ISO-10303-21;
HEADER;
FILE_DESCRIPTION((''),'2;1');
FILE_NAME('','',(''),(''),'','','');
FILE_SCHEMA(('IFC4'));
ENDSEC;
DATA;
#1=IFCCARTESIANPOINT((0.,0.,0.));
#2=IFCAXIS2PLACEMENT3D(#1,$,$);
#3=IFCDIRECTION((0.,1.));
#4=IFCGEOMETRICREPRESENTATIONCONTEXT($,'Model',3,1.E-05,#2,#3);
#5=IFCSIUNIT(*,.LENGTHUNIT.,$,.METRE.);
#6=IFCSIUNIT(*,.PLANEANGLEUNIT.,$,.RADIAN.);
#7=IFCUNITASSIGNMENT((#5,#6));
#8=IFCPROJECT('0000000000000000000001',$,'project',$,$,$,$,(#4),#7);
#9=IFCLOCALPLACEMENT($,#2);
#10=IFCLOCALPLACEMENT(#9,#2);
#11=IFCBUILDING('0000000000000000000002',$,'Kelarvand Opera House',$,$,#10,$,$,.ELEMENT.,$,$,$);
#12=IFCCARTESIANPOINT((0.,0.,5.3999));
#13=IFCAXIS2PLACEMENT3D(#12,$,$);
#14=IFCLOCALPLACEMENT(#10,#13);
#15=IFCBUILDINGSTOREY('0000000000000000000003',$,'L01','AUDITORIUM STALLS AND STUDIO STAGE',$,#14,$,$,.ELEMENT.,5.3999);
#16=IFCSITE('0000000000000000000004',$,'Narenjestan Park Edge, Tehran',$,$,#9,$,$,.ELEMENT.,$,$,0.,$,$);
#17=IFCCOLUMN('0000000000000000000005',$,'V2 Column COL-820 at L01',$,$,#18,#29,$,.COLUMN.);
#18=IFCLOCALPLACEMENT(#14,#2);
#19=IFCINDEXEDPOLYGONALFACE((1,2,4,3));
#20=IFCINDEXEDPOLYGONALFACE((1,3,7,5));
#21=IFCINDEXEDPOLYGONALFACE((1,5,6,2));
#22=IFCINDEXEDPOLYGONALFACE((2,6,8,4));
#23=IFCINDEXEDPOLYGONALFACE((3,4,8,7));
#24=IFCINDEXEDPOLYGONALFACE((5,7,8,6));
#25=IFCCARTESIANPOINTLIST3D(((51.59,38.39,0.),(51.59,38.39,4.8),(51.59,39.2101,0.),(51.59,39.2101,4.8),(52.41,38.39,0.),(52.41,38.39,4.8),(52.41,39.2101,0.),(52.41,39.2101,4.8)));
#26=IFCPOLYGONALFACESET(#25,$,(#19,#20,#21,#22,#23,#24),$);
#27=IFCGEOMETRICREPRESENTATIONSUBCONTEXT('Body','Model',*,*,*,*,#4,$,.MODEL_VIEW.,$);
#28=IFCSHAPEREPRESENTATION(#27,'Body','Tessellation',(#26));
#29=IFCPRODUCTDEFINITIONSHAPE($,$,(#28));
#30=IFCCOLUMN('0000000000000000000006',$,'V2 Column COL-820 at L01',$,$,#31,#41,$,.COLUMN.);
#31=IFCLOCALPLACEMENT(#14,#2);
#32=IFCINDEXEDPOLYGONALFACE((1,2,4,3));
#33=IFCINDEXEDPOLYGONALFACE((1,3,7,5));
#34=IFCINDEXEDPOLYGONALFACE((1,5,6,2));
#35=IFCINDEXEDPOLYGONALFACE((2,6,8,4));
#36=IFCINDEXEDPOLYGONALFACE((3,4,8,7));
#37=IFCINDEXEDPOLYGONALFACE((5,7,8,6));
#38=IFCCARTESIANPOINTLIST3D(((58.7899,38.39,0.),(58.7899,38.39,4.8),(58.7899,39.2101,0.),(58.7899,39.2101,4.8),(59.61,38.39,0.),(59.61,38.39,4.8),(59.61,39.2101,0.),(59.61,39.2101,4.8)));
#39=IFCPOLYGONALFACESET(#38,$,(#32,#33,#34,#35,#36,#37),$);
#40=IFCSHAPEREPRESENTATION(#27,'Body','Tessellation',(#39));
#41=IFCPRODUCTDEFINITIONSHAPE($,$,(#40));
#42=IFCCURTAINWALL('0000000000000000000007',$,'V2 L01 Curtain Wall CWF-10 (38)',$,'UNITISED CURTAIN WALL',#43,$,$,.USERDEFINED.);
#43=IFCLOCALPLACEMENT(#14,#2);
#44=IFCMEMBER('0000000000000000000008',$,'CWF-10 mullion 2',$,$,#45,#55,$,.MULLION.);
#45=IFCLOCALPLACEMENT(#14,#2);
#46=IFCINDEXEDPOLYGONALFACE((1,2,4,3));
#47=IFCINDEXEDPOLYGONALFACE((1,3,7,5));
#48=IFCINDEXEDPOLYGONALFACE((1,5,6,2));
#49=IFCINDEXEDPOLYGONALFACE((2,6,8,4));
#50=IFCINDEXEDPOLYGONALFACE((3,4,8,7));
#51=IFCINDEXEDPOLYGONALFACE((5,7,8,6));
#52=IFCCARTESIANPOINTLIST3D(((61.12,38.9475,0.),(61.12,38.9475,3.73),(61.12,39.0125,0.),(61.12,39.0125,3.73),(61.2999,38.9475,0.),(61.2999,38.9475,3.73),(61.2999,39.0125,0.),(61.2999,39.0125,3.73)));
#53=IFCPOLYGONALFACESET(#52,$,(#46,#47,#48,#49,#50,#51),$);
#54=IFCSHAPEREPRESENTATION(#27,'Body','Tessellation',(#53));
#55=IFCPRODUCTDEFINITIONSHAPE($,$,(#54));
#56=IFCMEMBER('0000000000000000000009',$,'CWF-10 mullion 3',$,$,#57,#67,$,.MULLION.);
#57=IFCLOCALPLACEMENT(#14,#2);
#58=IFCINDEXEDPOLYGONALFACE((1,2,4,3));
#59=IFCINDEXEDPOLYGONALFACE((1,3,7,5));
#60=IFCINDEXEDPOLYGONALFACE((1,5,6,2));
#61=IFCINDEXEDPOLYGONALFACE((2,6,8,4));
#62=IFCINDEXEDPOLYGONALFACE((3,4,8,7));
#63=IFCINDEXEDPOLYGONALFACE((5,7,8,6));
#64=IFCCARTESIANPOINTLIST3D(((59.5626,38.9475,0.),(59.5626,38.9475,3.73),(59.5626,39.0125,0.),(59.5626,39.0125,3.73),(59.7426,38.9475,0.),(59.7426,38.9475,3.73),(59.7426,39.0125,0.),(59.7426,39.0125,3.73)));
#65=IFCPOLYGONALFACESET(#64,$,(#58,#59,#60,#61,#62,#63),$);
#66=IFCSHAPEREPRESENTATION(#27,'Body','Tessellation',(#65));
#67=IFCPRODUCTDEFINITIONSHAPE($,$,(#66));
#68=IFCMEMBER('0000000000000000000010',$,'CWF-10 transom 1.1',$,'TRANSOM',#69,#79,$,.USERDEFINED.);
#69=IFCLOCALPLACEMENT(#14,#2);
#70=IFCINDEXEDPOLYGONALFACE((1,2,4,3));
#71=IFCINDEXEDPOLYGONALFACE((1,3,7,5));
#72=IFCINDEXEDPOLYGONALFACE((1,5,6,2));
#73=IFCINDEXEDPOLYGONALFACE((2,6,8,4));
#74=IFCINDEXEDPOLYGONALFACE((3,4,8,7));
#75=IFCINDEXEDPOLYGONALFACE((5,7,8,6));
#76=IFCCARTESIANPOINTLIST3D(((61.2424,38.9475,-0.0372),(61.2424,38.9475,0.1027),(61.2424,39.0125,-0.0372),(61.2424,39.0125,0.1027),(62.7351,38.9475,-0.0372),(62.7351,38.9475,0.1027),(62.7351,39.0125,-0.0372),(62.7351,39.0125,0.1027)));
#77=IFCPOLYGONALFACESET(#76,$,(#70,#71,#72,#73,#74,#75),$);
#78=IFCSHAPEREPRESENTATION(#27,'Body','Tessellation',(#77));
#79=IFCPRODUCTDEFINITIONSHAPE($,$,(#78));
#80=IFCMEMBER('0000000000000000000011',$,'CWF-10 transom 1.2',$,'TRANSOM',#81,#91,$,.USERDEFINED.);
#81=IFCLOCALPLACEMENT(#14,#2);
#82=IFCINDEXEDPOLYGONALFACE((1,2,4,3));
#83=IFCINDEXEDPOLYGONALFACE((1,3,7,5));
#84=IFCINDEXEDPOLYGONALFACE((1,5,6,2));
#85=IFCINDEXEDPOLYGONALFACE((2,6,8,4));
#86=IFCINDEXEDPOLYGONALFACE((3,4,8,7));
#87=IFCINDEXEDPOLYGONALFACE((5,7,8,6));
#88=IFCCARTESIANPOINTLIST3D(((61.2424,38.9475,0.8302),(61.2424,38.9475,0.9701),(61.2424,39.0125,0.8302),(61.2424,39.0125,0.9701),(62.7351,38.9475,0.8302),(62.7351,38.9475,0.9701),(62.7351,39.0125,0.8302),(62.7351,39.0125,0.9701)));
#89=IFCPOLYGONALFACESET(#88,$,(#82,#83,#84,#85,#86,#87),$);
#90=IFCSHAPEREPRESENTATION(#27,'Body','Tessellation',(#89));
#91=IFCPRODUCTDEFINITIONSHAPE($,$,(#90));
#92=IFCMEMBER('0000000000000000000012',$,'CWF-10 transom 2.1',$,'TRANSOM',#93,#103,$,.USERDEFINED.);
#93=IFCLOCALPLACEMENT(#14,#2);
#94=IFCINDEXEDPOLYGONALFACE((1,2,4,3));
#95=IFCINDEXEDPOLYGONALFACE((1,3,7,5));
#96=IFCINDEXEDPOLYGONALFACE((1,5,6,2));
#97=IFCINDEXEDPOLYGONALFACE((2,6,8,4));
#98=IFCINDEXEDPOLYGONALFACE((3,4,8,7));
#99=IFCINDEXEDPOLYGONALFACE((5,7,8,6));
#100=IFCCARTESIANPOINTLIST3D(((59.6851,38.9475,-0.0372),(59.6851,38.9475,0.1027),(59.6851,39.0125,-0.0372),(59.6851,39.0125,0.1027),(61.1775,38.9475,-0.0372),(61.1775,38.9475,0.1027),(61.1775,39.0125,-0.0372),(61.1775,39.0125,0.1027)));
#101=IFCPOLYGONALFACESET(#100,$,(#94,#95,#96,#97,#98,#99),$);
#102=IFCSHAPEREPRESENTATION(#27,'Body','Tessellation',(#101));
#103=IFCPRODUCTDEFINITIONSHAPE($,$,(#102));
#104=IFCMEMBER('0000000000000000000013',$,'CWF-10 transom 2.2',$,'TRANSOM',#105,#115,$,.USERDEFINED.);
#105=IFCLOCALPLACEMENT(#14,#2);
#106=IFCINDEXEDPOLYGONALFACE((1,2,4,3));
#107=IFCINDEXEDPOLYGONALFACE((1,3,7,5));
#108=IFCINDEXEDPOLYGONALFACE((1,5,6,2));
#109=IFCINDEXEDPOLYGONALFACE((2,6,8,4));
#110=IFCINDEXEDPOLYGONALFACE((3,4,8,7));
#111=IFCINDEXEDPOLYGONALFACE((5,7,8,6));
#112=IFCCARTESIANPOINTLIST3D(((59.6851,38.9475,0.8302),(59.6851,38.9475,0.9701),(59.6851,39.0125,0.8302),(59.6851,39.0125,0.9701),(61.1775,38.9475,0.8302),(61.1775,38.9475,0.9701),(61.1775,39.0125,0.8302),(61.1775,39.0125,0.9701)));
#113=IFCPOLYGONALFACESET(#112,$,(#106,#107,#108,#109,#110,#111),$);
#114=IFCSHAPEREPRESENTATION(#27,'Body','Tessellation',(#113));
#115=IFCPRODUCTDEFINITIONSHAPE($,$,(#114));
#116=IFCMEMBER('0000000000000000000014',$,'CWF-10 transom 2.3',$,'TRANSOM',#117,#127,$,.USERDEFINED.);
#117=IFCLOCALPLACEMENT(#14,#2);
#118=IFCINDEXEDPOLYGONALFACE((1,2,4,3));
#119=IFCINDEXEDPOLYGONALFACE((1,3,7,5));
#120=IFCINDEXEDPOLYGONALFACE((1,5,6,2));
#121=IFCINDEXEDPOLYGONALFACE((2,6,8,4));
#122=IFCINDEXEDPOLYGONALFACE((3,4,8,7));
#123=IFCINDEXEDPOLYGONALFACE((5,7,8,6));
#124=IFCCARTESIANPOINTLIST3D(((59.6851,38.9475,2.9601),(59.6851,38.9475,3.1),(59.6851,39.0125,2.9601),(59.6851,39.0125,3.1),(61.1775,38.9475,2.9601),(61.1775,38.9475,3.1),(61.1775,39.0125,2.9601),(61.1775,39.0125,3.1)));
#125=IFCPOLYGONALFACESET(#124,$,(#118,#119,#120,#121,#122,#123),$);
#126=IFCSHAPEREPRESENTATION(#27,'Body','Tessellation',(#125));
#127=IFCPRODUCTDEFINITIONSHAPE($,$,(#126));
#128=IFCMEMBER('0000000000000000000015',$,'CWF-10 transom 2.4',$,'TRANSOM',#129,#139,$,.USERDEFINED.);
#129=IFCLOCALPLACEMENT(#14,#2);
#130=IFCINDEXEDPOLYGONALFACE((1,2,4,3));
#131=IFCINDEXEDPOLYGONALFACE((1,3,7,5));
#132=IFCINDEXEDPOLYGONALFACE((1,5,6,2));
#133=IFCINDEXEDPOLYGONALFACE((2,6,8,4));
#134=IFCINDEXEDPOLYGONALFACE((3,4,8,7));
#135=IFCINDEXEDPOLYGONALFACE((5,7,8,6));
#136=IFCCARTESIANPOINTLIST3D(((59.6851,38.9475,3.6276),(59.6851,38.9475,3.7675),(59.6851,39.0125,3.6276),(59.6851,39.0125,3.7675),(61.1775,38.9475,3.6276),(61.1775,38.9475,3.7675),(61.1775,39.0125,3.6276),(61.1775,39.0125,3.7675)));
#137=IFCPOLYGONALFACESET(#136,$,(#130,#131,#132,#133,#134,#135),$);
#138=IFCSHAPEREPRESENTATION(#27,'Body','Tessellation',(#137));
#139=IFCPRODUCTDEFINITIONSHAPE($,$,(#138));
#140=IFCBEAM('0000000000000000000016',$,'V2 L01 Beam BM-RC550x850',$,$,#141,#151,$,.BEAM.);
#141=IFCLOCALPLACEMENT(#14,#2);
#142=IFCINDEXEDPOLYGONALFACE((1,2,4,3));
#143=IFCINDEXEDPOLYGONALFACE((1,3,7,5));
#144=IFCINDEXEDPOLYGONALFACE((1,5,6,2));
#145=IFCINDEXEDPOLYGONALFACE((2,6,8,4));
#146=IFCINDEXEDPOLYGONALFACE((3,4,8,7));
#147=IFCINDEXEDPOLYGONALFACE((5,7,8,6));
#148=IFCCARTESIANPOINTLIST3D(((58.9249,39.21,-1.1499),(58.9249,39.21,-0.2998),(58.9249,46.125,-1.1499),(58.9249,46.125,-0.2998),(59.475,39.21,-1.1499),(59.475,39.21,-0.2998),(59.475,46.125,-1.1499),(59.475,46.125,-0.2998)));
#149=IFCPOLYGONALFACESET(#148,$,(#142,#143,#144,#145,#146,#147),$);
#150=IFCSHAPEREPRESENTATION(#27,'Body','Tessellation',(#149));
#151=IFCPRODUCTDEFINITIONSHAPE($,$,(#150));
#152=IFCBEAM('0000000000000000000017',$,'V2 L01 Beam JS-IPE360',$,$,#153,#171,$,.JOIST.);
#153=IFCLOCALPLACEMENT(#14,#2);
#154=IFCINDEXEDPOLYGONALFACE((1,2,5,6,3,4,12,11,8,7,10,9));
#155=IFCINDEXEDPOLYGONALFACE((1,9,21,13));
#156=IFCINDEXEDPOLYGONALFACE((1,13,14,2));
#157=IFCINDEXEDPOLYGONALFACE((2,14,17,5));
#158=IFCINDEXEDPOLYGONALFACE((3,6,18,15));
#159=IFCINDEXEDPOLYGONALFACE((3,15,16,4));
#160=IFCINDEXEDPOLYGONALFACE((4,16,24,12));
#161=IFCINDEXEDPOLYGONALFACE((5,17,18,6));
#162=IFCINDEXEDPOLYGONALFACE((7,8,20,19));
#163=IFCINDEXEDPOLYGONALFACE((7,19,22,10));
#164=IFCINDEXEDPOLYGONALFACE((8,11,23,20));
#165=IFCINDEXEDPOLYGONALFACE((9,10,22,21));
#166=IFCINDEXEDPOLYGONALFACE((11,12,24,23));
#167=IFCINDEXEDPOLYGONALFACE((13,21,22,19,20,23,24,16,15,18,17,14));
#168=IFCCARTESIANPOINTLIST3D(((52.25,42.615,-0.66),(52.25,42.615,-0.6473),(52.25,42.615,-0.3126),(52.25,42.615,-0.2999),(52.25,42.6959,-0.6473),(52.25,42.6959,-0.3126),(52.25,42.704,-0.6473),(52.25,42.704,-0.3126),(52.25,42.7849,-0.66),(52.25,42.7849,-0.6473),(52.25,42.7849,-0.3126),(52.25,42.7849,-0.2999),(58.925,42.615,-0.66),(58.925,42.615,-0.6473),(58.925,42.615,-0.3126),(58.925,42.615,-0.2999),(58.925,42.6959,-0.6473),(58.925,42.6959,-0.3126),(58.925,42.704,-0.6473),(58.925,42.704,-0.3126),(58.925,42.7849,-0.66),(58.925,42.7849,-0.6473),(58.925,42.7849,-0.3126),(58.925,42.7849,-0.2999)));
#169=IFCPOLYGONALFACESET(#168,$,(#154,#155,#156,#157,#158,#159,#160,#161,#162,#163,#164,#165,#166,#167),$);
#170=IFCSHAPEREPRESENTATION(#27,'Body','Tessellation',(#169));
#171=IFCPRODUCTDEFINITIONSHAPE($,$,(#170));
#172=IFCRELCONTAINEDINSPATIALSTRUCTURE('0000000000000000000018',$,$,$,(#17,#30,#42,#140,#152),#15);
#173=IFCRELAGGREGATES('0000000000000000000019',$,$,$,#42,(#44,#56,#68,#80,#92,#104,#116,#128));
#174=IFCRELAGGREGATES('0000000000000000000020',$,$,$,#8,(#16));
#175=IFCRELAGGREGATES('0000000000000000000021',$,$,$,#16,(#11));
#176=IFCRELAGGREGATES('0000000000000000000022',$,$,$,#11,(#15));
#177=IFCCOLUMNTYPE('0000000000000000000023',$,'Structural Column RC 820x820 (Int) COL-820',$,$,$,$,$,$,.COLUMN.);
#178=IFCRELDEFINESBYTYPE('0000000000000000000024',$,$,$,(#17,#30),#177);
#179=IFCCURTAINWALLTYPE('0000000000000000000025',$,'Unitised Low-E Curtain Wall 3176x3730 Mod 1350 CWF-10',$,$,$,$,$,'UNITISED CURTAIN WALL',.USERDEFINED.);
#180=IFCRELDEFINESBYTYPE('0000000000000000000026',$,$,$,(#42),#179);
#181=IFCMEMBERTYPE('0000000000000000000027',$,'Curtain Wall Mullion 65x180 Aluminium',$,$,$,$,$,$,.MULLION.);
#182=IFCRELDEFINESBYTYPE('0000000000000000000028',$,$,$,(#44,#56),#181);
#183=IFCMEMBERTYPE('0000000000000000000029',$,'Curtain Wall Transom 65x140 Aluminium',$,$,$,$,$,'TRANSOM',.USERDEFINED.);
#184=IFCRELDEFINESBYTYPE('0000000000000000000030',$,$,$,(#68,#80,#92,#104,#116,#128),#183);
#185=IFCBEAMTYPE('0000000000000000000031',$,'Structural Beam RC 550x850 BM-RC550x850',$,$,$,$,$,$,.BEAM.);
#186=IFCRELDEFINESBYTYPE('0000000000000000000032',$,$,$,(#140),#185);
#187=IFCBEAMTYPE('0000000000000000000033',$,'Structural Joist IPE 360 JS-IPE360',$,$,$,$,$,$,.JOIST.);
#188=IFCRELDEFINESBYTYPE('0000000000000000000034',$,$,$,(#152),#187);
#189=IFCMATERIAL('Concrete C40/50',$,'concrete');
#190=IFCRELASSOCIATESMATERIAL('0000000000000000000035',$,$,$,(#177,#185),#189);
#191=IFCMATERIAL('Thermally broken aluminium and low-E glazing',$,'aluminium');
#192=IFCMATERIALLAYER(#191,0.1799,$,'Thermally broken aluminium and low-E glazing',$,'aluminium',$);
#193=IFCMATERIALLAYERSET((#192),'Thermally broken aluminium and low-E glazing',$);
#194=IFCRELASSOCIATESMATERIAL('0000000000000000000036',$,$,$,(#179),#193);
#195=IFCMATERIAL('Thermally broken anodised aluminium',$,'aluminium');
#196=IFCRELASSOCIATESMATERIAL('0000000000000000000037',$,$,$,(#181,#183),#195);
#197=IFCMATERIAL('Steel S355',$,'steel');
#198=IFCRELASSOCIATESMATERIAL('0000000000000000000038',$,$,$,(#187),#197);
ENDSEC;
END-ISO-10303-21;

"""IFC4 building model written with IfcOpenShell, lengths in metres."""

from ifc_helpers import new_model, si_unit, direction, frame, origin, origin_2d, place, context, subcontext, project, spatial, rectangle, i_section, extrude, material, layer, layer_set, material_profile, profile_set, type_object, element, aggregate, save


model = new_model("IFC4")

# Units and contexts
model_context = context("Model", 3, precision=1e-05, world=origin(), true_north=direction((0.0, 1.0)))
body_context = subcontext(model_context, "Body", "Model", "MODEL_VIEW")
ifc_project = project(units=[si_unit("LENGTHUNIT", "METRE"), si_unit("PLANEANGLEUNIT", "RADIAN")], contexts=[model_context])

# Site, building, storey
site_placement = place(None, origin())
site = spatial("IfcSite", under=ifc_project, at=site_placement, Name="Narenjestan Park Edge, Tehran", CompositionType="ELEMENT", RefElevation=0.0)
building_placement = place(site_placement, origin())
building = spatial("IfcBuilding", under=site, at=building_placement, Name="Kelarvand Opera House", CompositionType="ELEMENT")
storey_placement = place(building_placement, frame((0.0, 0.0, 5.3999)))
storey = spatial("IfcBuildingStorey", under=building, at=storey_placement, Name="L01", Description="AUDITORIUM STALLS AND STUDIO STAGE", CompositionType="ELEMENT", Elevation=5.3999)

# Columns
ifc_material_1 = material(Name="Concrete C40/50", Category="concrete")
ifc_material_profile_1 = material_profile(ifc_material_1, rectangle(XDim=0.8201, YDim=0.8201, at=origin_2d()), Name="RC 820x820", Category="concrete")
ifc_profile_set_1 = profile_set([ifc_material_profile_1], Name="Concrete C40/50")
column_type = type_object("IfcColumnType", Name="Structural Column RC 820x820 (Int) COL-820", PredefinedType="COLUMN", material=ifc_profile_set_1)
for number, where, z_axis, x_axis, name in (
    (1, (52.0, 38.8, 0.0), (0.0, 0.0, 1.0), (1.0, 0.0, 0.0), "V2 Column COL-820 at L01"),
    (2, (59.2, 38.8, 0.0), (0.0, 0.0, 1.0), (1.0, 0.0, 0.0), "V2 Column COL-820 at L01"),
):
    element("IfcColumn", number, at=place(storey_placement, frame(where, z_axis=z_axis, x_axis=x_axis)), inside=storey, type_object=column_type, Name=name, PredefinedType="COLUMN", context=body_context, shape_type="SweptSolid", body=[
        extrude(rectangle(XDim=0.8201, YDim=0.8201, at=origin_2d()), origin(), (0.0, 0.0, 1.0), 4.8),
    ])

# Curtain wall, members
ifc_material_2 = material(Name="Thermally broken aluminium and low-E glazing", Category="aluminium")
ifc_layer_1 = layer(ifc_material_2, 0.1799, Name="Thermally broken aluminium and low-E glazing", Category="aluminium")
ifc_layer_set_1 = layer_set([ifc_layer_1], Name="Thermally broken aluminium and low-E glazing")
curtain_wall_type = type_object("IfcCurtainWallType", Name="Unitised Low-E Curtain Wall 3176x3730 Mod 1350 CWF-10", ElementType="UNITISED CURTAIN WALL", PredefinedType="USERDEFINED", material=ifc_layer_set_1)
curtain_wall_placement = place(storey_placement, origin())
curtain_wall = element("IfcCurtainWall", 3, at=curtain_wall_placement, inside=storey, type_object=curtain_wall_type, Name="V2 L01 Curtain Wall CWF-10 (38)", ObjectType="UNITISED CURTAIN WALL", PredefinedType="USERDEFINED")
ifc_material_3 = material(Name="Thermally broken anodised aluminium", Category="aluminium")
ifc_material_profile_2 = material_profile(ifc_material_3, rectangle(XDim=0.0649, YDim=0.1799, at=origin_2d()), Name="ALU MULLION 65x180", Category="aluminium")
ifc_profile_set_2 = profile_set([ifc_material_profile_2], Name="Thermally broken anodised aluminium")
member_type_1 = type_object("IfcMemberType", Name="Curtain Wall Mullion 65x180 Aluminium", PredefinedType="MULLION", material=ifc_profile_set_2)
member_1_placement = place(storey_placement, frame((61.21, 38.98, 0.0), z_axis=(0.0, 0.0, 1.0), x_axis=(0.0, -1.0, 0.0)))
member_1 = element("IfcMember", 4, at=member_1_placement, type_object=member_type_1, Name="CWF-10 mullion 2", PredefinedType="MULLION", context=body_context, shape_type="SweptSolid", body=[
    extrude(rectangle(XDim=0.0649, YDim=0.1799, at=origin_2d()), origin(), (0.0, 0.0, 1.0), 3.73),
])
member_2_placement = place(storey_placement, frame((59.6526, 38.98, 0.0), z_axis=(0.0, 0.0, 1.0), x_axis=(0.0, -1.0, 0.0)))
member_2 = element("IfcMember", 5, at=member_2_placement, type_object=member_type_1, Name="CWF-10 mullion 3", PredefinedType="MULLION", context=body_context, shape_type="SweptSolid", body=[
    extrude(rectangle(XDim=0.0649, YDim=0.1799, at=origin_2d()), origin(), (0.0, 0.0, 1.0), 3.73),
])
ifc_material_profile_3 = material_profile(ifc_material_3, rectangle(XDim=0.0649, YDim=0.1399, at=origin_2d()), Name="ALU TRANSOM 65x140", Category="aluminium")
ifc_profile_set_3 = profile_set([ifc_material_profile_3], Name="Thermally broken anodised aluminium")
member_type_2 = type_object("IfcMemberType", Name="Curtain Wall Transom 65x140 Aluminium", ElementType="TRANSOM", PredefinedType="USERDEFINED", material=ifc_profile_set_3)
member_3_placement = place(storey_placement, frame((62.7351, 38.98, 0.0327), z_axis=(-1.0, 0.0, 0.0), x_axis=(0.0, -1.0, 0.0)))
member_3 = element("IfcMember", 6, at=member_3_placement, type_object=member_type_2, Name="CWF-10 transom 1.1", ObjectType="TRANSOM", PredefinedType="USERDEFINED", context=body_context, shape_type="SweptSolid", body=[
    extrude(rectangle(XDim=0.0649, YDim=0.1399, at=origin_2d()), origin(), (0.0, 0.0, 1.0), 1.4927),
])
member_4_placement = place(storey_placement, frame((62.7351, 38.98, 0.9001), z_axis=(-1.0, 0.0, 0.0), x_axis=(0.0, -1.0, 0.0)))
member_4 = element("IfcMember", 7, at=member_4_placement, type_object=member_type_2, Name="CWF-10 transom 1.2", ObjectType="TRANSOM", PredefinedType="USERDEFINED", context=body_context, shape_type="SweptSolid", body=[
    extrude(rectangle(XDim=0.0649, YDim=0.1399, at=origin_2d()), origin(), (0.0, 0.0, 1.0), 1.4927),
])
member_5_placement = place(storey_placement, frame((61.1775, 38.98, 0.0327), z_axis=(-1.0, 0.0, 0.0), x_axis=(0.0, -1.0, 0.0)))
member_5 = element("IfcMember", 8, at=member_5_placement, type_object=member_type_2, Name="CWF-10 transom 2.1", ObjectType="TRANSOM", PredefinedType="USERDEFINED", context=body_context, shape_type="SweptSolid", body=[
    extrude(rectangle(XDim=0.0649, YDim=0.1399, at=origin_2d()), origin(), (0.0, 0.0, 1.0), 1.4924),
])
member_6_placement = place(storey_placement, frame((61.1775, 38.98, 0.9001), z_axis=(-1.0, 0.0, 0.0), x_axis=(0.0, -1.0, 0.0)))
member_6 = element("IfcMember", 9, at=member_6_placement, type_object=member_type_2, Name="CWF-10 transom 2.2", ObjectType="TRANSOM", PredefinedType="USERDEFINED", context=body_context, shape_type="SweptSolid", body=[
    extrude(rectangle(XDim=0.0649, YDim=0.1399, at=origin_2d()), origin(), (0.0, 0.0, 1.0), 1.4924),
])
member_7_placement = place(storey_placement, frame((61.1775, 38.98, 3.03), z_axis=(-1.0, 0.0, 0.0), x_axis=(0.0, -1.0, 0.0)))
member_7 = element("IfcMember", 10, at=member_7_placement, type_object=member_type_2, Name="CWF-10 transom 2.3", ObjectType="TRANSOM", PredefinedType="USERDEFINED", context=body_context, shape_type="SweptSolid", body=[
    extrude(rectangle(XDim=0.0649, YDim=0.1399, at=origin_2d()), origin(), (0.0, 0.0, 1.0), 1.4924),
])
member_8_placement = place(storey_placement, frame((61.1775, 38.98, 3.6975), z_axis=(-1.0, 0.0, 0.0), x_axis=(0.0, -1.0, 0.0)))
member_8 = element("IfcMember", 11, at=member_8_placement, type_object=member_type_2, Name="CWF-10 transom 2.4", ObjectType="TRANSOM", PredefinedType="USERDEFINED", context=body_context, shape_type="SweptSolid", body=[
    extrude(rectangle(XDim=0.0649, YDim=0.1399, at=origin_2d()), origin(), (0.0, 0.0, 1.0), 1.4924),
])

# Beams
ifc_material_profile_4 = material_profile(ifc_material_1, rectangle(XDim=0.55, YDim=0.8501, at=origin_2d()), Name="RC 550x850", Category="concrete")
ifc_profile_set_4 = profile_set([ifc_material_profile_4], Name="Concrete C40/50")
beam_type_1 = type_object("IfcBeamType", Name="Structural Beam RC 550x850 BM-RC550x850", PredefinedType="BEAM", material=ifc_profile_set_4)
beam_1_placement = place(storey_placement, frame((59.2, 39.21, -0.7249), z_axis=(0.0, 1.0, 0.0), x_axis=(-1.0, 0.0, 0.0)))
element("IfcBeam", 12, at=beam_1_placement, inside=storey, type_object=beam_type_1, Name="V2 L01 Beam BM-RC550x850", PredefinedType="BEAM", context=body_context, shape_type="SweptSolid", body=[
    extrude(rectangle(XDim=0.55, YDim=0.8501, at=origin_2d()), origin(), (0.0, 0.0, 1.0), 6.915),
])
ifc_material_4 = material(Name="Steel S355", Category="steel")
ifc_material_profile_5 = material_profile(ifc_material_4, i_section(OverallWidth=0.1699, OverallDepth=0.3601, WebThickness=0.0081, FlangeThickness=0.0127, at=origin_2d()), Name="IPE 360", Category="steel")
ifc_profile_set_5 = profile_set([ifc_material_profile_5], Name="Steel S355")
beam_type_2 = type_object("IfcBeamType", Name="Structural Joist IPE 360 JS-IPE360", PredefinedType="JOIST", material=ifc_profile_set_5)
beam_2_placement = place(storey_placement, frame((52.25, 42.7, -0.48), z_axis=(1.0, 0.0, 0.0), x_axis=(0.0, 1.0, 0.0)))
element("IfcBeam", 13, at=beam_2_placement, inside=storey, type_object=beam_type_2, Name="V2 L01 Beam JS-IPE360", PredefinedType="JOIST", context=body_context, shape_type="SweptSolid", body=[
    extrude(i_section(OverallWidth=0.1699, OverallDepth=0.3601, WebThickness=0.0081, FlangeThickness=0.0127, at=origin_2d()), origin(), (0.0, 0.0, 1.0), 6.675),
])

aggregate(curtain_wall, [member_1, member_2, member_3, member_4, member_5, member_6, member_7, member_8])

save(model, "model.ifc")
